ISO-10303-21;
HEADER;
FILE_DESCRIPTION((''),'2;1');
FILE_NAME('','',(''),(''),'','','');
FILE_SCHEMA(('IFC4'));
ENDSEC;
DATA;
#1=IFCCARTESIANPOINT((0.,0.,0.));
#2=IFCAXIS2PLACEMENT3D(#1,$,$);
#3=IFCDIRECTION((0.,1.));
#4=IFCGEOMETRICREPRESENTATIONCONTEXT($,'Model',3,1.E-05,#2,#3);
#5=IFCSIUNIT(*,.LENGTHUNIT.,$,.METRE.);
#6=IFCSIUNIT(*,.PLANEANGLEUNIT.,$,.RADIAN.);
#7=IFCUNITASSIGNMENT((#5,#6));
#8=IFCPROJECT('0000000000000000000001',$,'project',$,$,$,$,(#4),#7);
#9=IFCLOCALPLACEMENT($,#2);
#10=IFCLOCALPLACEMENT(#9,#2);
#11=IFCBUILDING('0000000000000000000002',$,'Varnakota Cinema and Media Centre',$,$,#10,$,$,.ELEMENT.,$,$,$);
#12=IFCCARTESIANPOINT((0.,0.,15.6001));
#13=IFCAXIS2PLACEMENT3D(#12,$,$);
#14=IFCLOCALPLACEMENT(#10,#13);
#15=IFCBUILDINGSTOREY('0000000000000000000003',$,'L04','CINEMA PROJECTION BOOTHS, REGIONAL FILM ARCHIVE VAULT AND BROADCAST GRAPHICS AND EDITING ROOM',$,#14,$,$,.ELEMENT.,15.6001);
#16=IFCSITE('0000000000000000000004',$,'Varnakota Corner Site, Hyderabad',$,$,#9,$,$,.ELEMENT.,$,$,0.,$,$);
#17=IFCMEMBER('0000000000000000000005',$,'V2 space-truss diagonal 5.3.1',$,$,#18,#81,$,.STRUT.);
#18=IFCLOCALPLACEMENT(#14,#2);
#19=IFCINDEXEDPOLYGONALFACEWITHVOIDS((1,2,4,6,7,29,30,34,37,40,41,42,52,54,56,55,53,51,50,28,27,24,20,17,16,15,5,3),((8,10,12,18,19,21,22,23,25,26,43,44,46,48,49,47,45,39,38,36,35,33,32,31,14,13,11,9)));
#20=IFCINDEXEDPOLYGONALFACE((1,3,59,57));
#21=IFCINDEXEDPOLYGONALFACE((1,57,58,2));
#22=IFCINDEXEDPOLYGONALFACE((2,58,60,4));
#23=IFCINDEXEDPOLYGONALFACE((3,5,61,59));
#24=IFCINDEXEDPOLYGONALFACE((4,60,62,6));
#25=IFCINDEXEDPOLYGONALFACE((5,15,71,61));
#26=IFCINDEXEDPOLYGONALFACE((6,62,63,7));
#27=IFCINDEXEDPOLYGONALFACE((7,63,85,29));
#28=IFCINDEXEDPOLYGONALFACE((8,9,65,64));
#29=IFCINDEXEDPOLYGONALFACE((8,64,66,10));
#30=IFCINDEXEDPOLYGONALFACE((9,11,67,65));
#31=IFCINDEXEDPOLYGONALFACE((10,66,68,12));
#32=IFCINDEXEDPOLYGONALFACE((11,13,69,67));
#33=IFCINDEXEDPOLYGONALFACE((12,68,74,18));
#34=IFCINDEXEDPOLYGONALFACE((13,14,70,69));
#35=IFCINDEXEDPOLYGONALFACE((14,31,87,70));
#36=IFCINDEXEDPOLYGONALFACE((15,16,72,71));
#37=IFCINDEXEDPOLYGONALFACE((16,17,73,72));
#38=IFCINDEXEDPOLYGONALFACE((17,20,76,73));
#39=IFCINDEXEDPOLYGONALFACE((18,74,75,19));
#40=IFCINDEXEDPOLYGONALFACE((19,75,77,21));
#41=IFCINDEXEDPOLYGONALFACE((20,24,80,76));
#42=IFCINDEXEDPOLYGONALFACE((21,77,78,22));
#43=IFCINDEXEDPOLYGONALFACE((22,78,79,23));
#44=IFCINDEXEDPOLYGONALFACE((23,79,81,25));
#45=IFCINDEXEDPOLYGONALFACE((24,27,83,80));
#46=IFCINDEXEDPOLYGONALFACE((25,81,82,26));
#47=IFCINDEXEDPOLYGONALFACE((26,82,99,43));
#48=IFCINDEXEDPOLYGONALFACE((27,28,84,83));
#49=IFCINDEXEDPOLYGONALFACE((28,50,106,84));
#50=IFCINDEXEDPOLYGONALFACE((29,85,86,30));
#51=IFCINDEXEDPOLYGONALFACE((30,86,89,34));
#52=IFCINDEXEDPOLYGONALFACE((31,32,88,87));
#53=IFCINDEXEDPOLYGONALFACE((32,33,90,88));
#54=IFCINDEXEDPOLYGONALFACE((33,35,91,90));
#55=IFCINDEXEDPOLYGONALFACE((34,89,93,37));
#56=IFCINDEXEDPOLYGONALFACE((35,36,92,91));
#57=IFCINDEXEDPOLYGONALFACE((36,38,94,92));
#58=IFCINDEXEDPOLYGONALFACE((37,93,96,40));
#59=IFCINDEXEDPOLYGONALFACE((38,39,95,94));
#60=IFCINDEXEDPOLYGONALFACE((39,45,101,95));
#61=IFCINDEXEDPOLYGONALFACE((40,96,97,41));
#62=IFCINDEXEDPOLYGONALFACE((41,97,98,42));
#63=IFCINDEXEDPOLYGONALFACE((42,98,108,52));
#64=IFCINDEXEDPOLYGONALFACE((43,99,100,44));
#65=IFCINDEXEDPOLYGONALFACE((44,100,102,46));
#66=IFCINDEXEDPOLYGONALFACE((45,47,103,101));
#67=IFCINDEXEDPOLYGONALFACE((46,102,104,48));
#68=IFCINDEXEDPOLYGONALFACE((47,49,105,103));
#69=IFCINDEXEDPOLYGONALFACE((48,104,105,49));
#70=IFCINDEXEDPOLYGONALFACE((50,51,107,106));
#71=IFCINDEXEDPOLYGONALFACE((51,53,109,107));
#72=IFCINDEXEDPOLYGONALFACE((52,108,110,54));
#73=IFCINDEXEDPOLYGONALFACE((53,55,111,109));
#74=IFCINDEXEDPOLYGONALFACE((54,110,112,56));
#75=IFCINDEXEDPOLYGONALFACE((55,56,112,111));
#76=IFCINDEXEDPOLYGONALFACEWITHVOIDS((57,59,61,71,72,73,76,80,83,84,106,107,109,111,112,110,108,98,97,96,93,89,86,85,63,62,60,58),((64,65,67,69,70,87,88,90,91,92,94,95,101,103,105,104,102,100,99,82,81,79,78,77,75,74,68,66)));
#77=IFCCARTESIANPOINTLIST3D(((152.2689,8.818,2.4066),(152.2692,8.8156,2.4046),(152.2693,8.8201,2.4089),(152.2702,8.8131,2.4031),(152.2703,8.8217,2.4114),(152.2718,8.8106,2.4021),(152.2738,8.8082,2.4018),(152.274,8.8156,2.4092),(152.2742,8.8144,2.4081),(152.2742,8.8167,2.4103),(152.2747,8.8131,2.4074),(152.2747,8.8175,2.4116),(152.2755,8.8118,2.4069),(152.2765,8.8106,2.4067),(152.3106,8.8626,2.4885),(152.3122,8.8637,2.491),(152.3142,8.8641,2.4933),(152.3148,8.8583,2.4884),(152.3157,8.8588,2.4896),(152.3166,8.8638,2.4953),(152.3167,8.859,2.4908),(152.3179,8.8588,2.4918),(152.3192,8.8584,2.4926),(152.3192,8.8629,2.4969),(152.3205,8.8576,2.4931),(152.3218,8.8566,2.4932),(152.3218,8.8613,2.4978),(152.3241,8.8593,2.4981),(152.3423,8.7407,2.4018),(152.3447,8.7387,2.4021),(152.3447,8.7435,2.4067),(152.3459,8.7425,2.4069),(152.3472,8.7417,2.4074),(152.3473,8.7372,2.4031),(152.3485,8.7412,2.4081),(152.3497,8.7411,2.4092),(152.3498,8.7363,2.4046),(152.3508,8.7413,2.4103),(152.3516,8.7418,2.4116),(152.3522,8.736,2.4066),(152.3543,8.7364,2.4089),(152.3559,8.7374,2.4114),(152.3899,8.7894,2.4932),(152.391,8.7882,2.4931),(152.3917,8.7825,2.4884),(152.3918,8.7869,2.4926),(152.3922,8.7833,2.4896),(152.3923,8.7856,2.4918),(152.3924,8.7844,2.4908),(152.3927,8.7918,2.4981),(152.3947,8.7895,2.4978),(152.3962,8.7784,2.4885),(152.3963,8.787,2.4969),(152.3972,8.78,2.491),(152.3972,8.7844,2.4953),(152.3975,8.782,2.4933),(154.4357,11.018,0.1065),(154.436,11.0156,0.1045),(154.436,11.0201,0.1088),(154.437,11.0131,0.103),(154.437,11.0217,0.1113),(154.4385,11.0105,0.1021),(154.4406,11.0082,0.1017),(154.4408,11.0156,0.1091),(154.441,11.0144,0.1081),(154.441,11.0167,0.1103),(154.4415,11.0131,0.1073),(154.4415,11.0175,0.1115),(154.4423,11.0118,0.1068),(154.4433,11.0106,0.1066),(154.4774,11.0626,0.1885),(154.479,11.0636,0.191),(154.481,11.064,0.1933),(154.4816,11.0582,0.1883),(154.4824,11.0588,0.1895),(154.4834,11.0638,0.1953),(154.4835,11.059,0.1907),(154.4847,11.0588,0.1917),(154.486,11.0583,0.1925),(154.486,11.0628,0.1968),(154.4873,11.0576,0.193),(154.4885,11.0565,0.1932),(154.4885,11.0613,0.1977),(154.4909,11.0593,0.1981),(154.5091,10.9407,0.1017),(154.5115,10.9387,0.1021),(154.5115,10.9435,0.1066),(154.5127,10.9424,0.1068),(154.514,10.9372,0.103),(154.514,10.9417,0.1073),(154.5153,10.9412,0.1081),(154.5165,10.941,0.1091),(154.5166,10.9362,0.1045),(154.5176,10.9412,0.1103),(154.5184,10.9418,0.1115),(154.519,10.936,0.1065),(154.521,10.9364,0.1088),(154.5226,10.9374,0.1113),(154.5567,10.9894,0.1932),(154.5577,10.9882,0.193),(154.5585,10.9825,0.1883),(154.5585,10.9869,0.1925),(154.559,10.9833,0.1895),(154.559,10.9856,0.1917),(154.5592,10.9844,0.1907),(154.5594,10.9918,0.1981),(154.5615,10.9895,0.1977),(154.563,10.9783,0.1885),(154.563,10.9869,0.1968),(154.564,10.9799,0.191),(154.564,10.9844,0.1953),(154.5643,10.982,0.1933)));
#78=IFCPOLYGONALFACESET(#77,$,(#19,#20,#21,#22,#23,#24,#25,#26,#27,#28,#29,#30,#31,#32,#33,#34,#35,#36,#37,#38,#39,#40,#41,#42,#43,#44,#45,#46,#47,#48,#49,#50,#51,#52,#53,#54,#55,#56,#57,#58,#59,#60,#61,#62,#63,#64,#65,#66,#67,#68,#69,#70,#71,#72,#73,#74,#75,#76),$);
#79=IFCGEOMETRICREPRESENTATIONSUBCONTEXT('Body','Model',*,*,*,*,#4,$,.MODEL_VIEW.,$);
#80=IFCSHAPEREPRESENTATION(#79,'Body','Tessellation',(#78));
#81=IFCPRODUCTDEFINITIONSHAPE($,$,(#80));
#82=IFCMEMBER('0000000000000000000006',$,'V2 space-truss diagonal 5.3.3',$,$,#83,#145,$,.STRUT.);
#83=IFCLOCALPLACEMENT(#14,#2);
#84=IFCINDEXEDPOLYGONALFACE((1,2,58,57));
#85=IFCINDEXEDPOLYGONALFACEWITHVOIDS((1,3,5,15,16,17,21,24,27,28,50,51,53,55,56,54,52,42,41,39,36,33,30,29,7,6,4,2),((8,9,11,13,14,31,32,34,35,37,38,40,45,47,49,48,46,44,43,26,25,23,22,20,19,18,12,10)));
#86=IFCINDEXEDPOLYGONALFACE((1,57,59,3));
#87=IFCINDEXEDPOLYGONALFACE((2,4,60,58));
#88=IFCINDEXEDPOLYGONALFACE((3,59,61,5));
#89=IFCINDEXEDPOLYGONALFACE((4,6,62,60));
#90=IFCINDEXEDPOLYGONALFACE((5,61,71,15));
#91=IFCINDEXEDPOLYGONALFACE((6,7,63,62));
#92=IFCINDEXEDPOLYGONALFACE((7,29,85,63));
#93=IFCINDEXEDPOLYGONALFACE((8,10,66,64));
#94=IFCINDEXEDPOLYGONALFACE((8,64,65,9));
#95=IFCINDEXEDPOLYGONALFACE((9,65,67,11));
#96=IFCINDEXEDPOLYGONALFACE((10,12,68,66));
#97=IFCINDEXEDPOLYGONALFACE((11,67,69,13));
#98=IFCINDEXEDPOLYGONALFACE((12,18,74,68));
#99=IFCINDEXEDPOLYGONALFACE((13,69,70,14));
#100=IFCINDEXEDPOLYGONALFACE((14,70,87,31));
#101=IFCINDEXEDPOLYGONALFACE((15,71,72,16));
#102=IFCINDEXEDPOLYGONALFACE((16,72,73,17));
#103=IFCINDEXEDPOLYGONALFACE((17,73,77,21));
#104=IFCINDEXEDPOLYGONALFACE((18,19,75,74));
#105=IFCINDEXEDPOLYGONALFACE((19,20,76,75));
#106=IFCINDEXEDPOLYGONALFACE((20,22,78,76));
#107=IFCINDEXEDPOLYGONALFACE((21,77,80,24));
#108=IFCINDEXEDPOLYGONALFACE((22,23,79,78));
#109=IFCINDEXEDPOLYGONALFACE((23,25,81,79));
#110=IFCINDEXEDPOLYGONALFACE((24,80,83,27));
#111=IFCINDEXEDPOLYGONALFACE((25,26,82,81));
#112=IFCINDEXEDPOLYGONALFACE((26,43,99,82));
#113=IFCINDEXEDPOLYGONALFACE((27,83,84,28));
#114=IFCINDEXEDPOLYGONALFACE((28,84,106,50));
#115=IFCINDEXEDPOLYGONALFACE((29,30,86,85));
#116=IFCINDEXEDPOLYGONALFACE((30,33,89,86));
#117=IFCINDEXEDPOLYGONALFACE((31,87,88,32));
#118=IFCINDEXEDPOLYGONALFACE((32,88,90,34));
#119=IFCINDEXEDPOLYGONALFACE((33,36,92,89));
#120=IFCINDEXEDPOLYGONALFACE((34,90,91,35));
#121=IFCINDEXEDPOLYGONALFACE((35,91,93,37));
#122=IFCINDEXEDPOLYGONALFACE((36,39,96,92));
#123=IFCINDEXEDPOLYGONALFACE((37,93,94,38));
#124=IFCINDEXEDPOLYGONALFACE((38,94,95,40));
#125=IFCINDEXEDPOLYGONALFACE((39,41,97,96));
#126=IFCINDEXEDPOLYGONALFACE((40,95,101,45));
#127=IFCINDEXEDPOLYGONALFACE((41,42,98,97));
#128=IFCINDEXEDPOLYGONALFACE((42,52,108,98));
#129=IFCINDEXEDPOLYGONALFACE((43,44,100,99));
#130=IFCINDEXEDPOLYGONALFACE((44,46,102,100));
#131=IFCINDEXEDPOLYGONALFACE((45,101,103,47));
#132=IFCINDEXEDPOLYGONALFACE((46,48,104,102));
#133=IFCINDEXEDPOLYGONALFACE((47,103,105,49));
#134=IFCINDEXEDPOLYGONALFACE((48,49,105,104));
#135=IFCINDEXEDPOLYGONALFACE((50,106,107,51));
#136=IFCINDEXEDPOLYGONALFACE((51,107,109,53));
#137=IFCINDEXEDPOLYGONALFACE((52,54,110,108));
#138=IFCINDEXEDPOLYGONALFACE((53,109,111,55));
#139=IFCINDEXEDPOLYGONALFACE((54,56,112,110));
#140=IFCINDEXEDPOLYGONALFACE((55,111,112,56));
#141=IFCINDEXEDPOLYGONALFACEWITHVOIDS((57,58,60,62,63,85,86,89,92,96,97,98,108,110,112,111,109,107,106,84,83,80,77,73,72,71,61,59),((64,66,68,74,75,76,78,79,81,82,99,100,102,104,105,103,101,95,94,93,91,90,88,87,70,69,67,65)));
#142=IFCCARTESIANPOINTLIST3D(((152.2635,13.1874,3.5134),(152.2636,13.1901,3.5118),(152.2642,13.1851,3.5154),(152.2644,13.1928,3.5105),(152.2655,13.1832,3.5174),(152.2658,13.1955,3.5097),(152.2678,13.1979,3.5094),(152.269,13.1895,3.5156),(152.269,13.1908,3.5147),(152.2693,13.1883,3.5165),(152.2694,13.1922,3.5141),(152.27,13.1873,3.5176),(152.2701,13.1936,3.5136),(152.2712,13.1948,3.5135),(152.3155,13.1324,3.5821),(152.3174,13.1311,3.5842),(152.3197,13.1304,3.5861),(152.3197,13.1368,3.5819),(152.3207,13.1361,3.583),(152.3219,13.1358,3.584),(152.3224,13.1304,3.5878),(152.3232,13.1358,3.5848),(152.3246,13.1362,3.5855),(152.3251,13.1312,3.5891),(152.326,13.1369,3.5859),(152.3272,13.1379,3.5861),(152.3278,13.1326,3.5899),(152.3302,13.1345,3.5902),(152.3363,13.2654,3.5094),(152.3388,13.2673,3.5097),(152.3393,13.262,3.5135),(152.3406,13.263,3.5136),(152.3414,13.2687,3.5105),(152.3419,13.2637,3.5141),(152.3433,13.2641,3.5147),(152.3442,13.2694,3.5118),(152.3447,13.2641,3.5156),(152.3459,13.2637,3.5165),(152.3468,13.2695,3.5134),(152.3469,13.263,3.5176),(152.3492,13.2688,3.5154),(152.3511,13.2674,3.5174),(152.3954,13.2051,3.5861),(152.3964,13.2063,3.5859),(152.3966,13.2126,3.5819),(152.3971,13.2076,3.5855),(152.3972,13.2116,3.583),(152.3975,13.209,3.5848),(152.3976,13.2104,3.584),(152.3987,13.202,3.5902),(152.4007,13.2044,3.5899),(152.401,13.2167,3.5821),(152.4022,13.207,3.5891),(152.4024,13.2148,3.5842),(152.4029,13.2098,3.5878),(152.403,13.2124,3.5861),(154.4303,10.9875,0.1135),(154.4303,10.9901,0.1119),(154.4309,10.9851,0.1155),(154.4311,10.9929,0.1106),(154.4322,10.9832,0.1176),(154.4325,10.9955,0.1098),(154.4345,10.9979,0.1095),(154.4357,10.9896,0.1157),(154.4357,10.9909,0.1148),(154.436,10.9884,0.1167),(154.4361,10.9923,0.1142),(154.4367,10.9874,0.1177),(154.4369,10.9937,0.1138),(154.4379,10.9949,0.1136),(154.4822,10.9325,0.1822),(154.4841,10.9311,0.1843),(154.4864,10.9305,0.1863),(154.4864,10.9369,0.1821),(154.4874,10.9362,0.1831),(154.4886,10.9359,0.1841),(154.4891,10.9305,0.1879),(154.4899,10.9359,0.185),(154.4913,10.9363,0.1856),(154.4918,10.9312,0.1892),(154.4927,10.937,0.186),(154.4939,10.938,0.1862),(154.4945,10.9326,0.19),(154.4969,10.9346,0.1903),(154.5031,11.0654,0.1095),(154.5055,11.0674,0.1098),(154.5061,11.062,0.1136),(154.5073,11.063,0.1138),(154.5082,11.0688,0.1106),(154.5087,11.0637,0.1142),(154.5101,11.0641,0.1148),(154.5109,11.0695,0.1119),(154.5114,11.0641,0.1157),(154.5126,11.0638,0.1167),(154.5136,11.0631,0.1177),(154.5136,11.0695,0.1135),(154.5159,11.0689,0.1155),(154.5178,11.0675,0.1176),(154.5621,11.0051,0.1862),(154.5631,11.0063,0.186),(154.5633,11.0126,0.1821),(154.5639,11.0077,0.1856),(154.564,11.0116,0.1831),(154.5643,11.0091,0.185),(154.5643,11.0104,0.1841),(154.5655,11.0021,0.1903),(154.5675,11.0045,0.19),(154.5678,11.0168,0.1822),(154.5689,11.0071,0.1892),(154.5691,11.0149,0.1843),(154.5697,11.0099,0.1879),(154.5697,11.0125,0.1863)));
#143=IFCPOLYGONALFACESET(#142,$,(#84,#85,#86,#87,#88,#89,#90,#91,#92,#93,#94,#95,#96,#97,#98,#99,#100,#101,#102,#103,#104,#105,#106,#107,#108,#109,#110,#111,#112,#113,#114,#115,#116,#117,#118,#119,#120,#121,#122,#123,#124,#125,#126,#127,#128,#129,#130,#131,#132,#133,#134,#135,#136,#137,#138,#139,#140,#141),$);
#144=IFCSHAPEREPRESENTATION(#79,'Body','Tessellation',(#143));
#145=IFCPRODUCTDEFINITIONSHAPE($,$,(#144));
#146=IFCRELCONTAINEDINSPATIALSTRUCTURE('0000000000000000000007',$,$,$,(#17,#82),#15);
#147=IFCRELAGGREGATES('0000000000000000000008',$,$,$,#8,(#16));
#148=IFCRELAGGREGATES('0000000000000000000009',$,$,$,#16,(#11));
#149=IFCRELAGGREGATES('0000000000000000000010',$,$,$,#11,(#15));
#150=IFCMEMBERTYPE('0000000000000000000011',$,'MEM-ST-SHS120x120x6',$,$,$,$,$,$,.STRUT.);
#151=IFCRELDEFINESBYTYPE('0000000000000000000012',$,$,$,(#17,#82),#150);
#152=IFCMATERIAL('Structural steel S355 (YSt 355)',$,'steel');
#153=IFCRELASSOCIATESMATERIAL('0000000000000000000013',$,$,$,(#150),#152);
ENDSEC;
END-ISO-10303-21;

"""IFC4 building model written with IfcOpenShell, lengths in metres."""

from ifc_helpers import new_model, si_unit, direction, frame, origin, origin_2d, place, context, subcontext, project, spatial, hollow_rectangle, extrude, material, material_profile, profile_set, type_object, element, save


model = new_model("IFC4")

# Units and contexts
model_context = context("Model", 3, precision=1e-05, world=origin(), true_north=direction((0.0, 1.0)))
body_context = subcontext(model_context, "Body", "Model", "MODEL_VIEW")
ifc_project = project(units=[si_unit("LENGTHUNIT", "METRE"), si_unit("PLANEANGLEUNIT", "RADIAN")], contexts=[model_context])

# Site, building, storey
site_placement = place(None, origin())
site = spatial("IfcSite", under=ifc_project, at=site_placement, Name="Varnakota Corner Site, Hyderabad", CompositionType="ELEMENT", RefElevation=0.0)
building_placement = place(site_placement, origin())
building = spatial("IfcBuilding", under=site, at=building_placement, Name="Varnakota Cinema and Media Centre", CompositionType="ELEMENT")
storey_placement = place(building_placement, frame((0.0, 0.0, 15.6001)))
storey = spatial("IfcBuildingStorey", under=building, at=storey_placement, Name="L04", Description="CINEMA PROJECTION BOOTHS, REGIONAL FILM ARCHIVE VAULT AND BROADCAST GRAPHICS AND EDITING ROOM", CompositionType="ELEMENT", Elevation=15.6001)

# Members
ifc_material_1 = material(Name="Structural steel S355 (YSt 355)", Category="steel")
ifc_material_profile_1 = material_profile(ifc_material_1, hollow_rectangle(XDim=0.1201, YDim=0.1201, WallThickness=0.0061, InnerFilletRadius=0.0061, OuterFilletRadius=0.012, at=origin_2d()), Name="SHS 120x120x6")
ifc_profile_set_1 = profile_set([ifc_material_profile_1], Name="Structural steel S355 (YSt 355)")
member_type_1 = type_object("IfcMemberType", Name="MEM-ST-SHS120x120x6", PredefinedType="STRUT", material=ifc_profile_set_1)
member_1_placement = place(storey_placement, frame((154.5, 11.0, 0.1499), z_axis=(-0.562748, -0.571371, 0.597369), x_axis=(0.712463, -0.70171, 0.0)))
element("IfcMember", 1, at=member_1_placement, inside=storey, type_object=member_type_1, Name="V2 space-truss diagonal 5.3.1", PredefinedType="STRUT", context=body_context, shape_type="SweptSolid", body=[
    extrude(hollow_rectangle(XDim=0.1201, YDim=0.1201, WallThickness=0.0061, InnerFilletRadius=0.0061, OuterFilletRadius=0.012, at=origin_2d()), origin(), (0.0, 0.0, 1.0), 3.8503),
])
member_2_placement = place(storey_placement, frame((154.5, 11.0, 0.1499), z_axis=(-0.471769, 0.478999, 0.740266), x_axis=(-0.712463, -0.70171, 0.0)))
element("IfcMember", 2, at=member_2_placement, inside=storey, type_object=member_type_1, Name="V2 space-truss diagonal 5.3.3", PredefinedType="STRUT", context=body_context, shape_type="SweptSolid", body=[
    extrude(hollow_rectangle(XDim=0.1201, YDim=0.1201, WallThickness=0.0061, InnerFilletRadius=0.0061, OuterFilletRadius=0.012, at=origin_2d()), origin(), (0.0, 0.0, 1.0), 4.5928),
])

save(model, "model.ifc")
